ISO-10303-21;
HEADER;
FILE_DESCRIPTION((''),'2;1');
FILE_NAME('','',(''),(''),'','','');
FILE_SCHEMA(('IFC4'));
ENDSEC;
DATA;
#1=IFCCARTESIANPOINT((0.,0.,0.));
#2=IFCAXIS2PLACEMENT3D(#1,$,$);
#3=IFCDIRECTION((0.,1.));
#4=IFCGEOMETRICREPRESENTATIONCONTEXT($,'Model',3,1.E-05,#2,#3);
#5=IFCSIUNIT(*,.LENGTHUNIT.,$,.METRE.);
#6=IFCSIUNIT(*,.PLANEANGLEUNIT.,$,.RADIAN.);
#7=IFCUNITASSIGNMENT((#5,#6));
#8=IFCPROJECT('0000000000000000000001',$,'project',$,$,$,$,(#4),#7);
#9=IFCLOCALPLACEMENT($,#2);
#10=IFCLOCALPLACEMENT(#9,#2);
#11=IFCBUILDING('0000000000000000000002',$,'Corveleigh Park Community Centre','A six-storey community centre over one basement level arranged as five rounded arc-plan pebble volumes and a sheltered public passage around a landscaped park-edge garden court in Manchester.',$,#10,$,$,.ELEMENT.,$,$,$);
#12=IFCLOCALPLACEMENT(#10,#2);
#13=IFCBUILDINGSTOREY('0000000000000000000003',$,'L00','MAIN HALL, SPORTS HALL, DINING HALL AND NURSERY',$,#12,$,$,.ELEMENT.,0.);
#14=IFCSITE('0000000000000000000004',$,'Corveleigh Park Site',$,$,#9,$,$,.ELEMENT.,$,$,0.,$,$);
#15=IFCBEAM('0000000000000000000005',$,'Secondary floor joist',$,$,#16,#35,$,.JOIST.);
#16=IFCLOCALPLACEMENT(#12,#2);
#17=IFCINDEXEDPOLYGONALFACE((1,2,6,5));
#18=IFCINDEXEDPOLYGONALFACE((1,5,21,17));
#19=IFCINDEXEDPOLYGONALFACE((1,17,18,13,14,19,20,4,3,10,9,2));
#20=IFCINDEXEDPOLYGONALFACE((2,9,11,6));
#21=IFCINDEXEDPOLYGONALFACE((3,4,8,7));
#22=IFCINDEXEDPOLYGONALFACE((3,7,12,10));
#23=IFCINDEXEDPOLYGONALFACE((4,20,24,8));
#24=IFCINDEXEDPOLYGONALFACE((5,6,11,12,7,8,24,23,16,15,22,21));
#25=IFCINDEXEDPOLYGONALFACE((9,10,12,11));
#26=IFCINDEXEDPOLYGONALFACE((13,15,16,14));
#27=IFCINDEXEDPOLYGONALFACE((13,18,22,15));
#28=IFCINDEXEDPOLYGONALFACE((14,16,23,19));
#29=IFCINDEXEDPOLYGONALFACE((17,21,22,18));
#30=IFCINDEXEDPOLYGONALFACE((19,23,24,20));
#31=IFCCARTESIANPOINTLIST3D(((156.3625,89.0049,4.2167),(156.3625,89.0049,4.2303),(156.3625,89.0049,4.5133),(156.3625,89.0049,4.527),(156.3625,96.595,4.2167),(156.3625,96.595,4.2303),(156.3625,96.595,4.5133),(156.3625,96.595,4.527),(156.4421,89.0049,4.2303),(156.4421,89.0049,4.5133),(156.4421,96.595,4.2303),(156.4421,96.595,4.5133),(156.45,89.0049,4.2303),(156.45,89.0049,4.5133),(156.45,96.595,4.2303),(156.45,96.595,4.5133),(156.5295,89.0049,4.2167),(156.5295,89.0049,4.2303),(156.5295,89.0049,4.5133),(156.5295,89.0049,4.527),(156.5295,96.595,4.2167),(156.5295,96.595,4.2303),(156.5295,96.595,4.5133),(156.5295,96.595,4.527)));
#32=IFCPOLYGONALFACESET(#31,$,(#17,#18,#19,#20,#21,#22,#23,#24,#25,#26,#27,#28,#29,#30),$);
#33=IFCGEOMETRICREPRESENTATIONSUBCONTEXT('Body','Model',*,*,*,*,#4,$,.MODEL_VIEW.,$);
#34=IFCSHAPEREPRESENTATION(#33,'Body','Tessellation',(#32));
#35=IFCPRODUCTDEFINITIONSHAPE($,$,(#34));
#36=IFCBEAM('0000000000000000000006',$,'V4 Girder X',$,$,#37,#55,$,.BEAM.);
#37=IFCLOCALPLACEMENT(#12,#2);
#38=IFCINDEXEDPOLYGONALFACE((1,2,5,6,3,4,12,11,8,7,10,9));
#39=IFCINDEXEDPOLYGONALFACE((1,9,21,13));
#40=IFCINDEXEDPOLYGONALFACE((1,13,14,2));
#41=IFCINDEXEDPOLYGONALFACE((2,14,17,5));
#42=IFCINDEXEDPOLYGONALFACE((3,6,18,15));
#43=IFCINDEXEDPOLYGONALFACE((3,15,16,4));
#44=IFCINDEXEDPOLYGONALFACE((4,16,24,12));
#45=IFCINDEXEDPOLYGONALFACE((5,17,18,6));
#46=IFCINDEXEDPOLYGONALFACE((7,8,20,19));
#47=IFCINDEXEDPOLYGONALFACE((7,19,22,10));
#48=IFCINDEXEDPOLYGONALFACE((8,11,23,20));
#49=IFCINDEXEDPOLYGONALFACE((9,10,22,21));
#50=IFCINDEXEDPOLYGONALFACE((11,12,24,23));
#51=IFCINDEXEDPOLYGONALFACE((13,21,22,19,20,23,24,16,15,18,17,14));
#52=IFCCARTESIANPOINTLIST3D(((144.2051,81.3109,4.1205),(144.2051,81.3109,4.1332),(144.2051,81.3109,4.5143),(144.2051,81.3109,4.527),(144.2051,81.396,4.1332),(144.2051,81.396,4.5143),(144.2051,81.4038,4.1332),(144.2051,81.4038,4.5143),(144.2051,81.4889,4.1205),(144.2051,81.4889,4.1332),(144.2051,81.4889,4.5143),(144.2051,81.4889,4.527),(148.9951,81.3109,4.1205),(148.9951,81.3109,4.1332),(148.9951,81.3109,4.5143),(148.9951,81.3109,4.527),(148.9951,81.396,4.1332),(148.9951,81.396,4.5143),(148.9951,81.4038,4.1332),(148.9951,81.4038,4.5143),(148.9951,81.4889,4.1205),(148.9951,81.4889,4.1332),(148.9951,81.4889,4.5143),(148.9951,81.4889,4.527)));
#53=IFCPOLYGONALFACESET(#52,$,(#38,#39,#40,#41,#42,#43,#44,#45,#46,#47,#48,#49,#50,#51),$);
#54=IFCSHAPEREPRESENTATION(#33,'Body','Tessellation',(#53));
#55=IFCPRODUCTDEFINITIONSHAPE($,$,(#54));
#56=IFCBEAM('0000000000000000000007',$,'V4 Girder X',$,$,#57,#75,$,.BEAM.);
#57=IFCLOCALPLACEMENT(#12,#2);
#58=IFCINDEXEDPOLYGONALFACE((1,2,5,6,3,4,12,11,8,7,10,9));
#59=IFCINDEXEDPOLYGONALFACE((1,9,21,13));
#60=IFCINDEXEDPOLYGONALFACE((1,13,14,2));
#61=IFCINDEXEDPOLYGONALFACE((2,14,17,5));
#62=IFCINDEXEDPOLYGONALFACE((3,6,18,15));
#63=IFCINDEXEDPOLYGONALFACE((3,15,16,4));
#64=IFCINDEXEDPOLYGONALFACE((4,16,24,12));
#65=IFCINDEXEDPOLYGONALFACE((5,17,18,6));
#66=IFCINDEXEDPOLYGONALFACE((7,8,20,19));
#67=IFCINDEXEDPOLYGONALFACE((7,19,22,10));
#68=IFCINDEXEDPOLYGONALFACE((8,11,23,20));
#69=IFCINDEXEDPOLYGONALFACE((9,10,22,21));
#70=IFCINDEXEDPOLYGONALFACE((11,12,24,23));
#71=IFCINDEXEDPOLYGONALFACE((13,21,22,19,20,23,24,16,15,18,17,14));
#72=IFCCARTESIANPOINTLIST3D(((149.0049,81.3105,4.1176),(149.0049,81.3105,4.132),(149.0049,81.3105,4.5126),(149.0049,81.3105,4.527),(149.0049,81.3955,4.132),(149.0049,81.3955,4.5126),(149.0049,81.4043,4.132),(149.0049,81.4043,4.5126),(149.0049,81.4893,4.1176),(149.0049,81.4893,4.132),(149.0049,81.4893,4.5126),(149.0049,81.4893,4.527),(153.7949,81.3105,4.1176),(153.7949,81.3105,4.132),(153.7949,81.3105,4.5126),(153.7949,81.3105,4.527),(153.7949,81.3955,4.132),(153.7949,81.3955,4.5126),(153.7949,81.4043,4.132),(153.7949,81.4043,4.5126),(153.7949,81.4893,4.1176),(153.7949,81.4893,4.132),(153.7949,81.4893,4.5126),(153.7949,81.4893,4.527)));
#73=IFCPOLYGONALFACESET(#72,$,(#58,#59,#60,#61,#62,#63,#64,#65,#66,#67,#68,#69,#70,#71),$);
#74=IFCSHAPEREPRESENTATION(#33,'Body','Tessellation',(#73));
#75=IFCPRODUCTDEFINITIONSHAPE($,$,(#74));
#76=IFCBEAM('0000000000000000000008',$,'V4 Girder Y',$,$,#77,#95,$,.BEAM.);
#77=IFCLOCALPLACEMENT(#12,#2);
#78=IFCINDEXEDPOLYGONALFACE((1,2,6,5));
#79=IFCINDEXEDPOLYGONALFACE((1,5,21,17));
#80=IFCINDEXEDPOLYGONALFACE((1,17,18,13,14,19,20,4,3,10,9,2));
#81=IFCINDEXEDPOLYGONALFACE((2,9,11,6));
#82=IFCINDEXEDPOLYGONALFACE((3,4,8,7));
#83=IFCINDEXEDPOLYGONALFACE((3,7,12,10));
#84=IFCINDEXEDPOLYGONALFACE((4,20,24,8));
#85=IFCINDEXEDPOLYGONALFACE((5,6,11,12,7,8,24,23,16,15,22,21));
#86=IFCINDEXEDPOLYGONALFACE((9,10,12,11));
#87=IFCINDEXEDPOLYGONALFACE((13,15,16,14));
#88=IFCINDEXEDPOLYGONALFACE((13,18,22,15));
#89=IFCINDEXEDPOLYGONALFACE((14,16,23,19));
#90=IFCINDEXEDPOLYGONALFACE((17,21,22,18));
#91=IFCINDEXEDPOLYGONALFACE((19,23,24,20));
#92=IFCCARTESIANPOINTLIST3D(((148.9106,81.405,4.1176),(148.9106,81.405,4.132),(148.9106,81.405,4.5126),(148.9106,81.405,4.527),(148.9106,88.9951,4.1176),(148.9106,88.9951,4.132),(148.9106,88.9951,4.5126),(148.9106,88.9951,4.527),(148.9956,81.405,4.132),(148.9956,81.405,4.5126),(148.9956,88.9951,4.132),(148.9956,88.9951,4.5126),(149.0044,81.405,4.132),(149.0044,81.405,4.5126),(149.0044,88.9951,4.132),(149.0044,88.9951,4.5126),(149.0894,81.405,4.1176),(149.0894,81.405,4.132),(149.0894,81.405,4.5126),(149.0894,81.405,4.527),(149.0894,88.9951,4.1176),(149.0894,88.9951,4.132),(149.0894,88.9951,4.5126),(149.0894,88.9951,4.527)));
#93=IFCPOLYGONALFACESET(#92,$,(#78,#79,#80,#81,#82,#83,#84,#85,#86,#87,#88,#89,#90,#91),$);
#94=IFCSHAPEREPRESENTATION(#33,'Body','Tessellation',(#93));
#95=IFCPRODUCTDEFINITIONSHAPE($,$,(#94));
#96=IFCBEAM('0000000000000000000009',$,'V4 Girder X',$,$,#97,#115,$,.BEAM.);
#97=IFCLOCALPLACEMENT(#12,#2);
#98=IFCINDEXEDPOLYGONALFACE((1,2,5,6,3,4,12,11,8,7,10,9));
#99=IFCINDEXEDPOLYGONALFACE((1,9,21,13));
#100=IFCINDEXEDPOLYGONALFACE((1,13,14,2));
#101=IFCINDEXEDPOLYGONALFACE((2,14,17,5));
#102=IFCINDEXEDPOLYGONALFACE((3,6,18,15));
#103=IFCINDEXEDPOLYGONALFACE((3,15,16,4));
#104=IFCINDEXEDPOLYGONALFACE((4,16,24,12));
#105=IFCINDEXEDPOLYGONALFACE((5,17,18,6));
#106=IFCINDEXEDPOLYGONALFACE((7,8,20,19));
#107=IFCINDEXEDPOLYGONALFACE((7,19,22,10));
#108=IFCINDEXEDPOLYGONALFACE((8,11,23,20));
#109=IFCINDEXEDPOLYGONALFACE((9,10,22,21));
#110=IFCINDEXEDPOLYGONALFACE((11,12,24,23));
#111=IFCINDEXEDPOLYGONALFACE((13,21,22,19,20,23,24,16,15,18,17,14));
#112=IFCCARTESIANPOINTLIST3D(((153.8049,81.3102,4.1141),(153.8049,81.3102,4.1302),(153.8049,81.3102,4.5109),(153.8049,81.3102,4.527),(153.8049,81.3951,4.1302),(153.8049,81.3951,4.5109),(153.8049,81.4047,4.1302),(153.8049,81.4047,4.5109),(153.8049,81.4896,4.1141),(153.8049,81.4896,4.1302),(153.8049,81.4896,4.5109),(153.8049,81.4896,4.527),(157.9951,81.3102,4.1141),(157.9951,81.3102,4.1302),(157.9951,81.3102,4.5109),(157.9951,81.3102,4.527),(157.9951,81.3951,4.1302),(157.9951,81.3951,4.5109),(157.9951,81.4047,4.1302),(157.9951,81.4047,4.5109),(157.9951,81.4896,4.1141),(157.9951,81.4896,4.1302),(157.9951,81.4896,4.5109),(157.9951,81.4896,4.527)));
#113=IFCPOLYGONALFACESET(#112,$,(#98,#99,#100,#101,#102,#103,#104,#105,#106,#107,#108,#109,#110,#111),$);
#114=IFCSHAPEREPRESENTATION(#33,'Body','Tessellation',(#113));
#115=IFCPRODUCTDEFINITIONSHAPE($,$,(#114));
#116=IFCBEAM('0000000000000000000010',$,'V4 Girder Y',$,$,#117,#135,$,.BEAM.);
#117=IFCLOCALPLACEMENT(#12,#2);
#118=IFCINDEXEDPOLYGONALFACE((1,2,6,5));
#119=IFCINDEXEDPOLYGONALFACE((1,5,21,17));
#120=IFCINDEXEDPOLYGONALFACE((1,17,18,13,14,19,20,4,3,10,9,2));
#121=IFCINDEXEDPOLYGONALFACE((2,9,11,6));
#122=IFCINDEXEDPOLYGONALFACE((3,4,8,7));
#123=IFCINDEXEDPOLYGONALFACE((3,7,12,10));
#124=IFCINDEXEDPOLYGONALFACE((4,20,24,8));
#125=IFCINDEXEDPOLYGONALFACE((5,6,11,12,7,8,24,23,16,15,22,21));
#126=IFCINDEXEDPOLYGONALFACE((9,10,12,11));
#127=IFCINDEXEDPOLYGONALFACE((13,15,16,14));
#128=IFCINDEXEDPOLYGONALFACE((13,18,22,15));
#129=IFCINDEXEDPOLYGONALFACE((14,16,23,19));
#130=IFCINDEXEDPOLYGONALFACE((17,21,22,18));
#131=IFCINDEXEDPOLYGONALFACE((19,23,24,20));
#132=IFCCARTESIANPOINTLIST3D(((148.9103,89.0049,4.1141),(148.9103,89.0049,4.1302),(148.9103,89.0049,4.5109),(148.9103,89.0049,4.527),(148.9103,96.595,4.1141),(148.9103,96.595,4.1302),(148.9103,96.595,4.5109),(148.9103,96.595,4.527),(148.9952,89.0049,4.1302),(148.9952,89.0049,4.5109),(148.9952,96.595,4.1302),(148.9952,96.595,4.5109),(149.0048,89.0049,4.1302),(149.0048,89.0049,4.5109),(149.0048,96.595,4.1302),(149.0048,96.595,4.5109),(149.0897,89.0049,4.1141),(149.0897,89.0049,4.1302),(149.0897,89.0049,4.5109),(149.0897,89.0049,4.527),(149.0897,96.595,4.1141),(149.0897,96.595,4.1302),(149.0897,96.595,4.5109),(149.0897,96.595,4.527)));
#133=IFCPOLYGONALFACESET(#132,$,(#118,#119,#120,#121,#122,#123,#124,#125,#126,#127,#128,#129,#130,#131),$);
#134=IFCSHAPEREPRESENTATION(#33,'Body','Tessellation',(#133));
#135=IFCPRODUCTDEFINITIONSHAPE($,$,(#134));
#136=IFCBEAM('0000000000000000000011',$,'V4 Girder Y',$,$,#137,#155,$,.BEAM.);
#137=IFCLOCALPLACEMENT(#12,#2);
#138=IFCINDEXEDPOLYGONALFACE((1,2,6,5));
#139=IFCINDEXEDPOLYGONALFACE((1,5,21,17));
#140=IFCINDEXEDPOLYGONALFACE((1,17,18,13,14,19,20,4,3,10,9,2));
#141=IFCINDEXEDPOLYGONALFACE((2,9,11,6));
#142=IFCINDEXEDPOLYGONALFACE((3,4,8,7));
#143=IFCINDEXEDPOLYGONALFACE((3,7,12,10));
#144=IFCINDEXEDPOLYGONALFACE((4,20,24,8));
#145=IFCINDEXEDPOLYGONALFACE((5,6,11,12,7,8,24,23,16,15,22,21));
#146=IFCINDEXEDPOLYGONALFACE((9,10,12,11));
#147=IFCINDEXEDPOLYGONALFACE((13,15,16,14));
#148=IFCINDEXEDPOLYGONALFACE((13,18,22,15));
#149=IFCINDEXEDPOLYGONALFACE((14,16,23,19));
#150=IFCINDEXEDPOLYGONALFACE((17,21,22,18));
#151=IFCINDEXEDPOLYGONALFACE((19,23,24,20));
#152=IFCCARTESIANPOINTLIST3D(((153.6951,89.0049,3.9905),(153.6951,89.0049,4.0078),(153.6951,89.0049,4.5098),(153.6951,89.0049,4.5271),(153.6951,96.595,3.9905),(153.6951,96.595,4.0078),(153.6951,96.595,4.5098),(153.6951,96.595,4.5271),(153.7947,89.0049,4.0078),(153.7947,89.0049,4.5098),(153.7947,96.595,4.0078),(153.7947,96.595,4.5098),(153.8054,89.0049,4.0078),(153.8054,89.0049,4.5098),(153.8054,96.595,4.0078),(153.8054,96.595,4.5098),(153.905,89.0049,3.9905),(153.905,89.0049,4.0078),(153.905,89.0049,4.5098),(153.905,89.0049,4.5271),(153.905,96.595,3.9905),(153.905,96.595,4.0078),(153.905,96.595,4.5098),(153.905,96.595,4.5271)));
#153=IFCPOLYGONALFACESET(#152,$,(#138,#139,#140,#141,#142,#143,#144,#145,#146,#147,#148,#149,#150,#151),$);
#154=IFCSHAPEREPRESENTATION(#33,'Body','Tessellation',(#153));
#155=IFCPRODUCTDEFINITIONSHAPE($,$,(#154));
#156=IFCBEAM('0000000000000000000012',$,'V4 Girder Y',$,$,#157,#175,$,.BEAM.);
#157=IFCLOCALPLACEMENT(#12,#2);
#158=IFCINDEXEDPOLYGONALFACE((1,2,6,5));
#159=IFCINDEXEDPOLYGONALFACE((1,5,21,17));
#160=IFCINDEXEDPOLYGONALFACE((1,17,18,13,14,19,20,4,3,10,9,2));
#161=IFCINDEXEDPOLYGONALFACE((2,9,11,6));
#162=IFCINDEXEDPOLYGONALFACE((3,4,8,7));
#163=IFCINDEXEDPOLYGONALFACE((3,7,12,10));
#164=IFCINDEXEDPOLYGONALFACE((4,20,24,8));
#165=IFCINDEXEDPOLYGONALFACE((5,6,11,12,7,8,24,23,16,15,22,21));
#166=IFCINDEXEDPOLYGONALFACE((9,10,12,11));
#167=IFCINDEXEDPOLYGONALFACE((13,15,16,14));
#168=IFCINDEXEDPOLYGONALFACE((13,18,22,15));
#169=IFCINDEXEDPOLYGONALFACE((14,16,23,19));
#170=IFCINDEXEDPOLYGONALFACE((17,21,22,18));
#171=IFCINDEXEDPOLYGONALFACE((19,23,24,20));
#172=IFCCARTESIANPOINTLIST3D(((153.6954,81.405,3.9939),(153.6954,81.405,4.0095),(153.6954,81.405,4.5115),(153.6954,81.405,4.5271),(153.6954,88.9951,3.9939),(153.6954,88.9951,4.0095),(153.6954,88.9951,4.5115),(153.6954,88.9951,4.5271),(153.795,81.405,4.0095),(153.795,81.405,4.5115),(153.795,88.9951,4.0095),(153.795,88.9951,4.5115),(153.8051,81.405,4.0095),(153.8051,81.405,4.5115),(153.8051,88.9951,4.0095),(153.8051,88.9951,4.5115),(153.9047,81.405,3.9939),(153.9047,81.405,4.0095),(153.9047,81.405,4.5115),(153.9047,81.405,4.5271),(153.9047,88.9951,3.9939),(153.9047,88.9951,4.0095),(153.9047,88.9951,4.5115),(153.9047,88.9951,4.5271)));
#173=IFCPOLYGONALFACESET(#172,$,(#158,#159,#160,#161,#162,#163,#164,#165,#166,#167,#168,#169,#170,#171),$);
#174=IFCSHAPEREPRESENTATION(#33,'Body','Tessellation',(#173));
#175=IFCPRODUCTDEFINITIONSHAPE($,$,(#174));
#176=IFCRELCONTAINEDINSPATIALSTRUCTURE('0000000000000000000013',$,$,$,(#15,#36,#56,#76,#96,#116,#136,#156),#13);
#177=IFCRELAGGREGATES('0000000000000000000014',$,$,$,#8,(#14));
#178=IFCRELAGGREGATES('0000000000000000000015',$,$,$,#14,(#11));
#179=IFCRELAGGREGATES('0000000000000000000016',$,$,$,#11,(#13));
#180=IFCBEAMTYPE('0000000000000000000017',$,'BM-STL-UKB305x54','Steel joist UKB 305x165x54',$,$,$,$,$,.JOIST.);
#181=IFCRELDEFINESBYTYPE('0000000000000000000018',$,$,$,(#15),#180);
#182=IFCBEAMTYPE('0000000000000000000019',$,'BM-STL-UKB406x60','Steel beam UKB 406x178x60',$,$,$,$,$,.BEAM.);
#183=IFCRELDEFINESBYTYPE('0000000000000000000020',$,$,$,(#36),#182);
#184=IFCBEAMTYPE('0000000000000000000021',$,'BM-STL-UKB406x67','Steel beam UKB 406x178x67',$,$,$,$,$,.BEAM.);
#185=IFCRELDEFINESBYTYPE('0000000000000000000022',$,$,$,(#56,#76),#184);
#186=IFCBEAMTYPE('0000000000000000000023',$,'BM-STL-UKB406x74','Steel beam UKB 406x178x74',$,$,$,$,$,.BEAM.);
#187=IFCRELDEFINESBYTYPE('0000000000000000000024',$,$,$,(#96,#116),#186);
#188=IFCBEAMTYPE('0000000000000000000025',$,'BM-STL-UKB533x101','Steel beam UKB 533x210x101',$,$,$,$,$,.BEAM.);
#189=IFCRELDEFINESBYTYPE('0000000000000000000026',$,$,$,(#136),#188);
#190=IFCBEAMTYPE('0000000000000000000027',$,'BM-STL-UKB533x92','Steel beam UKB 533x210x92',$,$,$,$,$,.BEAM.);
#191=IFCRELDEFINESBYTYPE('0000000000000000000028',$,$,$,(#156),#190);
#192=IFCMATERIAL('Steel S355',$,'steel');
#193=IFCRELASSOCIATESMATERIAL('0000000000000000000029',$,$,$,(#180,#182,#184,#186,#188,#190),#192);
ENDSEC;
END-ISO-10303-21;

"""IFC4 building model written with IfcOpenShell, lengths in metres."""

from ifc_helpers import new_model, si_unit, direction, frame, origin, origin_2d, place, context, subcontext, project, spatial, i_section, extrude, material, material_profile, profile_set, type_object, element, save


model = new_model("IFC4")

# Units and contexts
model_context = context("Model", 3, precision=1e-05, world=origin(), true_north=direction((0.0, 1.0)))
body_context = subcontext(model_context, "Body", "Model", "MODEL_VIEW")
ifc_project = project(units=[si_unit("LENGTHUNIT", "METRE"), si_unit("PLANEANGLEUNIT", "RADIAN")], contexts=[model_context])

# Site, building, storey
site_placement = place(None, origin())
site = spatial("IfcSite", under=ifc_project, at=site_placement, Name="Corveleigh Park Site", CompositionType="ELEMENT", RefElevation=0.0)
building_placement = place(site_placement, origin())
building = spatial("IfcBuilding", under=site, at=building_placement, Name="Corveleigh Park Community Centre", Description="A six-storey community centre over one basement level arranged as five rounded arc-plan pebble volumes and a sheltered public passage around a landscaped park-edge garden court in Manchester.", CompositionType="ELEMENT")
storey_placement = place(building_placement, origin())
storey = spatial("IfcBuildingStorey", under=building, at=storey_placement, Name="L00", Description="MAIN HALL, SPORTS HALL, DINING HALL AND NURSERY", CompositionType="ELEMENT", Elevation=0.0)

# Shared definitions
ifc_material_1 = material(Name="Steel S355", Category="steel")

# Beams
ifc_material_profile_1 = material_profile(ifc_material_1, i_section(OverallWidth=0.167, OverallDepth=0.3103, WebThickness=0.0078, FlangeThickness=0.0137, at=origin_2d()), Name="UKB 305x165x54", Category="steel")
ifc_profile_set_1 = profile_set([ifc_material_profile_1], Name="Steel S355")
beam_type_1 = type_object("IfcBeamType", Name="BM-STL-UKB305x54", Description="Steel joist UKB 305x165x54", PredefinedType="JOIST", material=ifc_profile_set_1)
for number, where, z_axis, x_axis, name in (
    (1, (156.446, 89.0049, 4.3718), (0.0, 1.0, 0.0), (-1.0, 0.0, 0.0), "Secondary floor joist"),
):
    element("IfcBeam", number, at=place(storey_placement, frame(where, z_axis=z_axis, x_axis=x_axis)), inside=storey, type_object=beam_type_1, Name=name, PredefinedType="JOIST", context=body_context, shape_type="SweptSolid", body=[
        extrude(i_section(OverallWidth=0.167, OverallDepth=0.3103, WebThickness=0.0078, FlangeThickness=0.0137, at=origin_2d()), origin(), (0.0, 0.0, 1.0), 7.5901),
    ])
ifc_material_profile_2 = material_profile(ifc_material_1, i_section(OverallWidth=0.178, OverallDepth=0.4065, WebThickness=0.0078, FlangeThickness=0.0127, at=origin_2d()), Name="UKB 406x178x60", Category="steel")
ifc_profile_set_2 = profile_set([ifc_material_profile_2], Name="Steel S355")
beam_type_2 = type_object("IfcBeamType", Name="BM-STL-UKB406x60", Description="Steel beam UKB 406x178x60", PredefinedType="BEAM", material=ifc_profile_set_2)
beam_1_placement = place(storey_placement, frame((144.2051, 81.3999, 4.3237), z_axis=(1.0, 0.0, 0.0), x_axis=(0.0, 1.0, 0.0)))
element("IfcBeam", 2, at=beam_1_placement, inside=storey, type_object=beam_type_2, Name="V4 Girder X", PredefinedType="BEAM", context=body_context, shape_type="SweptSolid", body=[
    extrude(i_section(OverallWidth=0.178, OverallDepth=0.4065, WebThickness=0.0078, FlangeThickness=0.0127, at=origin_2d()), origin(), (0.0, 0.0, 1.0), 4.79),
])
ifc_material_profile_3 = material_profile(ifc_material_1, i_section(OverallWidth=0.1787, OverallDepth=0.4094, WebThickness=0.0088, FlangeThickness=0.0144, at=origin_2d()), Name="UKB 406x178x67", Category="steel")
ifc_profile_set_3 = profile_set([ifc_material_profile_3], Name="Steel S355")
beam_type_3 = type_object("IfcBeamType", Name="BM-STL-UKB406x67", Description="Steel beam UKB 406x178x67", PredefinedType="BEAM", material=ifc_profile_set_3)
beam_2_placement = place(storey_placement, frame((149.0049, 81.3999, 4.3223), z_axis=(1.0, 0.0, 0.0), x_axis=(0.0, 1.0, 0.0)))
element("IfcBeam", 3, at=beam_2_placement, inside=storey, type_object=beam_type_3, Name="V4 Girder X", PredefinedType="BEAM", context=body_context, shape_type="SweptSolid", body=[
    extrude(i_section(OverallWidth=0.1787, OverallDepth=0.4094, WebThickness=0.0088, FlangeThickness=0.0144, at=origin_2d()), origin(), (0.0, 0.0, 1.0), 4.79),
])
beam_3_placement = place(storey_placement, frame((149.0, 81.405, 4.3223), z_axis=(0.0, 1.0, 0.0), x_axis=(-1.0, 0.0, 0.0)))
element("IfcBeam", 4, at=beam_3_placement, inside=storey, type_object=beam_type_3, Name="V4 Girder Y", PredefinedType="BEAM", context=body_context, shape_type="SweptSolid", body=[
    extrude(i_section(OverallWidth=0.1787, OverallDepth=0.4094, WebThickness=0.0088, FlangeThickness=0.0144, at=origin_2d()), origin(), (0.0, 0.0, 1.0), 7.5901),
])
ifc_material_profile_4 = material_profile(ifc_material_1, i_section(OverallWidth=0.1794, OverallDepth=0.4128, WebThickness=0.0095, FlangeThickness=0.0161, at=origin_2d()), Name="UKB 406x178x74", Category="steel")
ifc_profile_set_4 = profile_set([ifc_material_profile_4], Name="Steel S355")
beam_type_4 = type_object("IfcBeamType", Name="BM-STL-UKB406x74", Description="Steel beam UKB 406x178x74", PredefinedType="BEAM", material=ifc_profile_set_4)
beam_4_placement = place(storey_placement, frame((153.8049, 81.3999, 4.3206), z_axis=(1.0, 0.0, 0.0), x_axis=(0.0, 1.0, 0.0)))
element("IfcBeam", 5, at=beam_4_placement, inside=storey, type_object=beam_type_4, Name="V4 Girder X", PredefinedType="BEAM", context=body_context, shape_type="SweptSolid", body=[
    extrude(i_section(OverallWidth=0.1794, OverallDepth=0.4128, WebThickness=0.0095, FlangeThickness=0.0161, at=origin_2d()), origin(), (0.0, 0.0, 1.0), 4.1902),
])
beam_5_placement = place(storey_placement, frame((149.0, 89.0049, 4.3206), z_axis=(0.0, 1.0, 0.0), x_axis=(-1.0, 0.0, 0.0)))
element("IfcBeam", 6, at=beam_5_placement, inside=storey, type_object=beam_type_4, Name="V4 Girder Y", PredefinedType="BEAM", context=body_context, shape_type="SweptSolid", body=[
    extrude(i_section(OverallWidth=0.1794, OverallDepth=0.4128, WebThickness=0.0095, FlangeThickness=0.0161, at=origin_2d()), origin(), (0.0, 0.0, 1.0), 7.5901),
])
ifc_material_profile_5 = material_profile(ifc_material_1, i_section(OverallWidth=0.21, OverallDepth=0.5366, WebThickness=0.0107, FlangeThickness=0.0173, at=origin_2d()), Name="UKB 533x210x101", Category="steel")
ifc_profile_set_5 = profile_set([ifc_material_profile_5], Name="Steel S355")
beam_type_5 = type_object("IfcBeamType", Name="BM-STL-UKB533x101", Description="Steel beam UKB 533x210x101", PredefinedType="BEAM", material=ifc_profile_set_5)
beam_6_placement = place(storey_placement, frame((153.8, 89.0049, 4.2588), z_axis=(0.0, 1.0, 0.0), x_axis=(-1.0, 0.0, 0.0)))
element("IfcBeam", 7, at=beam_6_placement, inside=storey, type_object=beam_type_5, Name="V4 Girder Y", PredefinedType="BEAM", context=body_context, shape_type="SweptSolid", body=[
    extrude(i_section(OverallWidth=0.21, OverallDepth=0.5366, WebThickness=0.0107, FlangeThickness=0.0173, at=origin_2d()), origin(), (0.0, 0.0, 1.0), 7.5901),
])
ifc_material_profile_6 = material_profile(ifc_material_1, i_section(OverallWidth=0.2092, OverallDepth=0.5332, WebThickness=0.01, FlangeThickness=0.0156, at=origin_2d()), Name="UKB 533x210x92", Category="steel")
ifc_profile_set_6 = profile_set([ifc_material_profile_6], Name="Steel S355")
beam_type_6 = type_object("IfcBeamType", Name="BM-STL-UKB533x92", Description="Steel beam UKB 533x210x92", PredefinedType="BEAM", material=ifc_profile_set_6)
beam_7_placement = place(storey_placement, frame((153.8, 81.405, 4.2605), z_axis=(0.0, 1.0, 0.0), x_axis=(-1.0, 0.0, 0.0)))
element("IfcBeam", 8, at=beam_7_placement, inside=storey, type_object=beam_type_6, Name="V4 Girder Y", PredefinedType="BEAM", context=body_context, shape_type="SweptSolid", body=[
    extrude(i_section(OverallWidth=0.2092, OverallDepth=0.5332, WebThickness=0.01, FlangeThickness=0.0156, at=origin_2d()), origin(), (0.0, 0.0, 1.0), 7.5901),
])

save(model, "model.ifc")
